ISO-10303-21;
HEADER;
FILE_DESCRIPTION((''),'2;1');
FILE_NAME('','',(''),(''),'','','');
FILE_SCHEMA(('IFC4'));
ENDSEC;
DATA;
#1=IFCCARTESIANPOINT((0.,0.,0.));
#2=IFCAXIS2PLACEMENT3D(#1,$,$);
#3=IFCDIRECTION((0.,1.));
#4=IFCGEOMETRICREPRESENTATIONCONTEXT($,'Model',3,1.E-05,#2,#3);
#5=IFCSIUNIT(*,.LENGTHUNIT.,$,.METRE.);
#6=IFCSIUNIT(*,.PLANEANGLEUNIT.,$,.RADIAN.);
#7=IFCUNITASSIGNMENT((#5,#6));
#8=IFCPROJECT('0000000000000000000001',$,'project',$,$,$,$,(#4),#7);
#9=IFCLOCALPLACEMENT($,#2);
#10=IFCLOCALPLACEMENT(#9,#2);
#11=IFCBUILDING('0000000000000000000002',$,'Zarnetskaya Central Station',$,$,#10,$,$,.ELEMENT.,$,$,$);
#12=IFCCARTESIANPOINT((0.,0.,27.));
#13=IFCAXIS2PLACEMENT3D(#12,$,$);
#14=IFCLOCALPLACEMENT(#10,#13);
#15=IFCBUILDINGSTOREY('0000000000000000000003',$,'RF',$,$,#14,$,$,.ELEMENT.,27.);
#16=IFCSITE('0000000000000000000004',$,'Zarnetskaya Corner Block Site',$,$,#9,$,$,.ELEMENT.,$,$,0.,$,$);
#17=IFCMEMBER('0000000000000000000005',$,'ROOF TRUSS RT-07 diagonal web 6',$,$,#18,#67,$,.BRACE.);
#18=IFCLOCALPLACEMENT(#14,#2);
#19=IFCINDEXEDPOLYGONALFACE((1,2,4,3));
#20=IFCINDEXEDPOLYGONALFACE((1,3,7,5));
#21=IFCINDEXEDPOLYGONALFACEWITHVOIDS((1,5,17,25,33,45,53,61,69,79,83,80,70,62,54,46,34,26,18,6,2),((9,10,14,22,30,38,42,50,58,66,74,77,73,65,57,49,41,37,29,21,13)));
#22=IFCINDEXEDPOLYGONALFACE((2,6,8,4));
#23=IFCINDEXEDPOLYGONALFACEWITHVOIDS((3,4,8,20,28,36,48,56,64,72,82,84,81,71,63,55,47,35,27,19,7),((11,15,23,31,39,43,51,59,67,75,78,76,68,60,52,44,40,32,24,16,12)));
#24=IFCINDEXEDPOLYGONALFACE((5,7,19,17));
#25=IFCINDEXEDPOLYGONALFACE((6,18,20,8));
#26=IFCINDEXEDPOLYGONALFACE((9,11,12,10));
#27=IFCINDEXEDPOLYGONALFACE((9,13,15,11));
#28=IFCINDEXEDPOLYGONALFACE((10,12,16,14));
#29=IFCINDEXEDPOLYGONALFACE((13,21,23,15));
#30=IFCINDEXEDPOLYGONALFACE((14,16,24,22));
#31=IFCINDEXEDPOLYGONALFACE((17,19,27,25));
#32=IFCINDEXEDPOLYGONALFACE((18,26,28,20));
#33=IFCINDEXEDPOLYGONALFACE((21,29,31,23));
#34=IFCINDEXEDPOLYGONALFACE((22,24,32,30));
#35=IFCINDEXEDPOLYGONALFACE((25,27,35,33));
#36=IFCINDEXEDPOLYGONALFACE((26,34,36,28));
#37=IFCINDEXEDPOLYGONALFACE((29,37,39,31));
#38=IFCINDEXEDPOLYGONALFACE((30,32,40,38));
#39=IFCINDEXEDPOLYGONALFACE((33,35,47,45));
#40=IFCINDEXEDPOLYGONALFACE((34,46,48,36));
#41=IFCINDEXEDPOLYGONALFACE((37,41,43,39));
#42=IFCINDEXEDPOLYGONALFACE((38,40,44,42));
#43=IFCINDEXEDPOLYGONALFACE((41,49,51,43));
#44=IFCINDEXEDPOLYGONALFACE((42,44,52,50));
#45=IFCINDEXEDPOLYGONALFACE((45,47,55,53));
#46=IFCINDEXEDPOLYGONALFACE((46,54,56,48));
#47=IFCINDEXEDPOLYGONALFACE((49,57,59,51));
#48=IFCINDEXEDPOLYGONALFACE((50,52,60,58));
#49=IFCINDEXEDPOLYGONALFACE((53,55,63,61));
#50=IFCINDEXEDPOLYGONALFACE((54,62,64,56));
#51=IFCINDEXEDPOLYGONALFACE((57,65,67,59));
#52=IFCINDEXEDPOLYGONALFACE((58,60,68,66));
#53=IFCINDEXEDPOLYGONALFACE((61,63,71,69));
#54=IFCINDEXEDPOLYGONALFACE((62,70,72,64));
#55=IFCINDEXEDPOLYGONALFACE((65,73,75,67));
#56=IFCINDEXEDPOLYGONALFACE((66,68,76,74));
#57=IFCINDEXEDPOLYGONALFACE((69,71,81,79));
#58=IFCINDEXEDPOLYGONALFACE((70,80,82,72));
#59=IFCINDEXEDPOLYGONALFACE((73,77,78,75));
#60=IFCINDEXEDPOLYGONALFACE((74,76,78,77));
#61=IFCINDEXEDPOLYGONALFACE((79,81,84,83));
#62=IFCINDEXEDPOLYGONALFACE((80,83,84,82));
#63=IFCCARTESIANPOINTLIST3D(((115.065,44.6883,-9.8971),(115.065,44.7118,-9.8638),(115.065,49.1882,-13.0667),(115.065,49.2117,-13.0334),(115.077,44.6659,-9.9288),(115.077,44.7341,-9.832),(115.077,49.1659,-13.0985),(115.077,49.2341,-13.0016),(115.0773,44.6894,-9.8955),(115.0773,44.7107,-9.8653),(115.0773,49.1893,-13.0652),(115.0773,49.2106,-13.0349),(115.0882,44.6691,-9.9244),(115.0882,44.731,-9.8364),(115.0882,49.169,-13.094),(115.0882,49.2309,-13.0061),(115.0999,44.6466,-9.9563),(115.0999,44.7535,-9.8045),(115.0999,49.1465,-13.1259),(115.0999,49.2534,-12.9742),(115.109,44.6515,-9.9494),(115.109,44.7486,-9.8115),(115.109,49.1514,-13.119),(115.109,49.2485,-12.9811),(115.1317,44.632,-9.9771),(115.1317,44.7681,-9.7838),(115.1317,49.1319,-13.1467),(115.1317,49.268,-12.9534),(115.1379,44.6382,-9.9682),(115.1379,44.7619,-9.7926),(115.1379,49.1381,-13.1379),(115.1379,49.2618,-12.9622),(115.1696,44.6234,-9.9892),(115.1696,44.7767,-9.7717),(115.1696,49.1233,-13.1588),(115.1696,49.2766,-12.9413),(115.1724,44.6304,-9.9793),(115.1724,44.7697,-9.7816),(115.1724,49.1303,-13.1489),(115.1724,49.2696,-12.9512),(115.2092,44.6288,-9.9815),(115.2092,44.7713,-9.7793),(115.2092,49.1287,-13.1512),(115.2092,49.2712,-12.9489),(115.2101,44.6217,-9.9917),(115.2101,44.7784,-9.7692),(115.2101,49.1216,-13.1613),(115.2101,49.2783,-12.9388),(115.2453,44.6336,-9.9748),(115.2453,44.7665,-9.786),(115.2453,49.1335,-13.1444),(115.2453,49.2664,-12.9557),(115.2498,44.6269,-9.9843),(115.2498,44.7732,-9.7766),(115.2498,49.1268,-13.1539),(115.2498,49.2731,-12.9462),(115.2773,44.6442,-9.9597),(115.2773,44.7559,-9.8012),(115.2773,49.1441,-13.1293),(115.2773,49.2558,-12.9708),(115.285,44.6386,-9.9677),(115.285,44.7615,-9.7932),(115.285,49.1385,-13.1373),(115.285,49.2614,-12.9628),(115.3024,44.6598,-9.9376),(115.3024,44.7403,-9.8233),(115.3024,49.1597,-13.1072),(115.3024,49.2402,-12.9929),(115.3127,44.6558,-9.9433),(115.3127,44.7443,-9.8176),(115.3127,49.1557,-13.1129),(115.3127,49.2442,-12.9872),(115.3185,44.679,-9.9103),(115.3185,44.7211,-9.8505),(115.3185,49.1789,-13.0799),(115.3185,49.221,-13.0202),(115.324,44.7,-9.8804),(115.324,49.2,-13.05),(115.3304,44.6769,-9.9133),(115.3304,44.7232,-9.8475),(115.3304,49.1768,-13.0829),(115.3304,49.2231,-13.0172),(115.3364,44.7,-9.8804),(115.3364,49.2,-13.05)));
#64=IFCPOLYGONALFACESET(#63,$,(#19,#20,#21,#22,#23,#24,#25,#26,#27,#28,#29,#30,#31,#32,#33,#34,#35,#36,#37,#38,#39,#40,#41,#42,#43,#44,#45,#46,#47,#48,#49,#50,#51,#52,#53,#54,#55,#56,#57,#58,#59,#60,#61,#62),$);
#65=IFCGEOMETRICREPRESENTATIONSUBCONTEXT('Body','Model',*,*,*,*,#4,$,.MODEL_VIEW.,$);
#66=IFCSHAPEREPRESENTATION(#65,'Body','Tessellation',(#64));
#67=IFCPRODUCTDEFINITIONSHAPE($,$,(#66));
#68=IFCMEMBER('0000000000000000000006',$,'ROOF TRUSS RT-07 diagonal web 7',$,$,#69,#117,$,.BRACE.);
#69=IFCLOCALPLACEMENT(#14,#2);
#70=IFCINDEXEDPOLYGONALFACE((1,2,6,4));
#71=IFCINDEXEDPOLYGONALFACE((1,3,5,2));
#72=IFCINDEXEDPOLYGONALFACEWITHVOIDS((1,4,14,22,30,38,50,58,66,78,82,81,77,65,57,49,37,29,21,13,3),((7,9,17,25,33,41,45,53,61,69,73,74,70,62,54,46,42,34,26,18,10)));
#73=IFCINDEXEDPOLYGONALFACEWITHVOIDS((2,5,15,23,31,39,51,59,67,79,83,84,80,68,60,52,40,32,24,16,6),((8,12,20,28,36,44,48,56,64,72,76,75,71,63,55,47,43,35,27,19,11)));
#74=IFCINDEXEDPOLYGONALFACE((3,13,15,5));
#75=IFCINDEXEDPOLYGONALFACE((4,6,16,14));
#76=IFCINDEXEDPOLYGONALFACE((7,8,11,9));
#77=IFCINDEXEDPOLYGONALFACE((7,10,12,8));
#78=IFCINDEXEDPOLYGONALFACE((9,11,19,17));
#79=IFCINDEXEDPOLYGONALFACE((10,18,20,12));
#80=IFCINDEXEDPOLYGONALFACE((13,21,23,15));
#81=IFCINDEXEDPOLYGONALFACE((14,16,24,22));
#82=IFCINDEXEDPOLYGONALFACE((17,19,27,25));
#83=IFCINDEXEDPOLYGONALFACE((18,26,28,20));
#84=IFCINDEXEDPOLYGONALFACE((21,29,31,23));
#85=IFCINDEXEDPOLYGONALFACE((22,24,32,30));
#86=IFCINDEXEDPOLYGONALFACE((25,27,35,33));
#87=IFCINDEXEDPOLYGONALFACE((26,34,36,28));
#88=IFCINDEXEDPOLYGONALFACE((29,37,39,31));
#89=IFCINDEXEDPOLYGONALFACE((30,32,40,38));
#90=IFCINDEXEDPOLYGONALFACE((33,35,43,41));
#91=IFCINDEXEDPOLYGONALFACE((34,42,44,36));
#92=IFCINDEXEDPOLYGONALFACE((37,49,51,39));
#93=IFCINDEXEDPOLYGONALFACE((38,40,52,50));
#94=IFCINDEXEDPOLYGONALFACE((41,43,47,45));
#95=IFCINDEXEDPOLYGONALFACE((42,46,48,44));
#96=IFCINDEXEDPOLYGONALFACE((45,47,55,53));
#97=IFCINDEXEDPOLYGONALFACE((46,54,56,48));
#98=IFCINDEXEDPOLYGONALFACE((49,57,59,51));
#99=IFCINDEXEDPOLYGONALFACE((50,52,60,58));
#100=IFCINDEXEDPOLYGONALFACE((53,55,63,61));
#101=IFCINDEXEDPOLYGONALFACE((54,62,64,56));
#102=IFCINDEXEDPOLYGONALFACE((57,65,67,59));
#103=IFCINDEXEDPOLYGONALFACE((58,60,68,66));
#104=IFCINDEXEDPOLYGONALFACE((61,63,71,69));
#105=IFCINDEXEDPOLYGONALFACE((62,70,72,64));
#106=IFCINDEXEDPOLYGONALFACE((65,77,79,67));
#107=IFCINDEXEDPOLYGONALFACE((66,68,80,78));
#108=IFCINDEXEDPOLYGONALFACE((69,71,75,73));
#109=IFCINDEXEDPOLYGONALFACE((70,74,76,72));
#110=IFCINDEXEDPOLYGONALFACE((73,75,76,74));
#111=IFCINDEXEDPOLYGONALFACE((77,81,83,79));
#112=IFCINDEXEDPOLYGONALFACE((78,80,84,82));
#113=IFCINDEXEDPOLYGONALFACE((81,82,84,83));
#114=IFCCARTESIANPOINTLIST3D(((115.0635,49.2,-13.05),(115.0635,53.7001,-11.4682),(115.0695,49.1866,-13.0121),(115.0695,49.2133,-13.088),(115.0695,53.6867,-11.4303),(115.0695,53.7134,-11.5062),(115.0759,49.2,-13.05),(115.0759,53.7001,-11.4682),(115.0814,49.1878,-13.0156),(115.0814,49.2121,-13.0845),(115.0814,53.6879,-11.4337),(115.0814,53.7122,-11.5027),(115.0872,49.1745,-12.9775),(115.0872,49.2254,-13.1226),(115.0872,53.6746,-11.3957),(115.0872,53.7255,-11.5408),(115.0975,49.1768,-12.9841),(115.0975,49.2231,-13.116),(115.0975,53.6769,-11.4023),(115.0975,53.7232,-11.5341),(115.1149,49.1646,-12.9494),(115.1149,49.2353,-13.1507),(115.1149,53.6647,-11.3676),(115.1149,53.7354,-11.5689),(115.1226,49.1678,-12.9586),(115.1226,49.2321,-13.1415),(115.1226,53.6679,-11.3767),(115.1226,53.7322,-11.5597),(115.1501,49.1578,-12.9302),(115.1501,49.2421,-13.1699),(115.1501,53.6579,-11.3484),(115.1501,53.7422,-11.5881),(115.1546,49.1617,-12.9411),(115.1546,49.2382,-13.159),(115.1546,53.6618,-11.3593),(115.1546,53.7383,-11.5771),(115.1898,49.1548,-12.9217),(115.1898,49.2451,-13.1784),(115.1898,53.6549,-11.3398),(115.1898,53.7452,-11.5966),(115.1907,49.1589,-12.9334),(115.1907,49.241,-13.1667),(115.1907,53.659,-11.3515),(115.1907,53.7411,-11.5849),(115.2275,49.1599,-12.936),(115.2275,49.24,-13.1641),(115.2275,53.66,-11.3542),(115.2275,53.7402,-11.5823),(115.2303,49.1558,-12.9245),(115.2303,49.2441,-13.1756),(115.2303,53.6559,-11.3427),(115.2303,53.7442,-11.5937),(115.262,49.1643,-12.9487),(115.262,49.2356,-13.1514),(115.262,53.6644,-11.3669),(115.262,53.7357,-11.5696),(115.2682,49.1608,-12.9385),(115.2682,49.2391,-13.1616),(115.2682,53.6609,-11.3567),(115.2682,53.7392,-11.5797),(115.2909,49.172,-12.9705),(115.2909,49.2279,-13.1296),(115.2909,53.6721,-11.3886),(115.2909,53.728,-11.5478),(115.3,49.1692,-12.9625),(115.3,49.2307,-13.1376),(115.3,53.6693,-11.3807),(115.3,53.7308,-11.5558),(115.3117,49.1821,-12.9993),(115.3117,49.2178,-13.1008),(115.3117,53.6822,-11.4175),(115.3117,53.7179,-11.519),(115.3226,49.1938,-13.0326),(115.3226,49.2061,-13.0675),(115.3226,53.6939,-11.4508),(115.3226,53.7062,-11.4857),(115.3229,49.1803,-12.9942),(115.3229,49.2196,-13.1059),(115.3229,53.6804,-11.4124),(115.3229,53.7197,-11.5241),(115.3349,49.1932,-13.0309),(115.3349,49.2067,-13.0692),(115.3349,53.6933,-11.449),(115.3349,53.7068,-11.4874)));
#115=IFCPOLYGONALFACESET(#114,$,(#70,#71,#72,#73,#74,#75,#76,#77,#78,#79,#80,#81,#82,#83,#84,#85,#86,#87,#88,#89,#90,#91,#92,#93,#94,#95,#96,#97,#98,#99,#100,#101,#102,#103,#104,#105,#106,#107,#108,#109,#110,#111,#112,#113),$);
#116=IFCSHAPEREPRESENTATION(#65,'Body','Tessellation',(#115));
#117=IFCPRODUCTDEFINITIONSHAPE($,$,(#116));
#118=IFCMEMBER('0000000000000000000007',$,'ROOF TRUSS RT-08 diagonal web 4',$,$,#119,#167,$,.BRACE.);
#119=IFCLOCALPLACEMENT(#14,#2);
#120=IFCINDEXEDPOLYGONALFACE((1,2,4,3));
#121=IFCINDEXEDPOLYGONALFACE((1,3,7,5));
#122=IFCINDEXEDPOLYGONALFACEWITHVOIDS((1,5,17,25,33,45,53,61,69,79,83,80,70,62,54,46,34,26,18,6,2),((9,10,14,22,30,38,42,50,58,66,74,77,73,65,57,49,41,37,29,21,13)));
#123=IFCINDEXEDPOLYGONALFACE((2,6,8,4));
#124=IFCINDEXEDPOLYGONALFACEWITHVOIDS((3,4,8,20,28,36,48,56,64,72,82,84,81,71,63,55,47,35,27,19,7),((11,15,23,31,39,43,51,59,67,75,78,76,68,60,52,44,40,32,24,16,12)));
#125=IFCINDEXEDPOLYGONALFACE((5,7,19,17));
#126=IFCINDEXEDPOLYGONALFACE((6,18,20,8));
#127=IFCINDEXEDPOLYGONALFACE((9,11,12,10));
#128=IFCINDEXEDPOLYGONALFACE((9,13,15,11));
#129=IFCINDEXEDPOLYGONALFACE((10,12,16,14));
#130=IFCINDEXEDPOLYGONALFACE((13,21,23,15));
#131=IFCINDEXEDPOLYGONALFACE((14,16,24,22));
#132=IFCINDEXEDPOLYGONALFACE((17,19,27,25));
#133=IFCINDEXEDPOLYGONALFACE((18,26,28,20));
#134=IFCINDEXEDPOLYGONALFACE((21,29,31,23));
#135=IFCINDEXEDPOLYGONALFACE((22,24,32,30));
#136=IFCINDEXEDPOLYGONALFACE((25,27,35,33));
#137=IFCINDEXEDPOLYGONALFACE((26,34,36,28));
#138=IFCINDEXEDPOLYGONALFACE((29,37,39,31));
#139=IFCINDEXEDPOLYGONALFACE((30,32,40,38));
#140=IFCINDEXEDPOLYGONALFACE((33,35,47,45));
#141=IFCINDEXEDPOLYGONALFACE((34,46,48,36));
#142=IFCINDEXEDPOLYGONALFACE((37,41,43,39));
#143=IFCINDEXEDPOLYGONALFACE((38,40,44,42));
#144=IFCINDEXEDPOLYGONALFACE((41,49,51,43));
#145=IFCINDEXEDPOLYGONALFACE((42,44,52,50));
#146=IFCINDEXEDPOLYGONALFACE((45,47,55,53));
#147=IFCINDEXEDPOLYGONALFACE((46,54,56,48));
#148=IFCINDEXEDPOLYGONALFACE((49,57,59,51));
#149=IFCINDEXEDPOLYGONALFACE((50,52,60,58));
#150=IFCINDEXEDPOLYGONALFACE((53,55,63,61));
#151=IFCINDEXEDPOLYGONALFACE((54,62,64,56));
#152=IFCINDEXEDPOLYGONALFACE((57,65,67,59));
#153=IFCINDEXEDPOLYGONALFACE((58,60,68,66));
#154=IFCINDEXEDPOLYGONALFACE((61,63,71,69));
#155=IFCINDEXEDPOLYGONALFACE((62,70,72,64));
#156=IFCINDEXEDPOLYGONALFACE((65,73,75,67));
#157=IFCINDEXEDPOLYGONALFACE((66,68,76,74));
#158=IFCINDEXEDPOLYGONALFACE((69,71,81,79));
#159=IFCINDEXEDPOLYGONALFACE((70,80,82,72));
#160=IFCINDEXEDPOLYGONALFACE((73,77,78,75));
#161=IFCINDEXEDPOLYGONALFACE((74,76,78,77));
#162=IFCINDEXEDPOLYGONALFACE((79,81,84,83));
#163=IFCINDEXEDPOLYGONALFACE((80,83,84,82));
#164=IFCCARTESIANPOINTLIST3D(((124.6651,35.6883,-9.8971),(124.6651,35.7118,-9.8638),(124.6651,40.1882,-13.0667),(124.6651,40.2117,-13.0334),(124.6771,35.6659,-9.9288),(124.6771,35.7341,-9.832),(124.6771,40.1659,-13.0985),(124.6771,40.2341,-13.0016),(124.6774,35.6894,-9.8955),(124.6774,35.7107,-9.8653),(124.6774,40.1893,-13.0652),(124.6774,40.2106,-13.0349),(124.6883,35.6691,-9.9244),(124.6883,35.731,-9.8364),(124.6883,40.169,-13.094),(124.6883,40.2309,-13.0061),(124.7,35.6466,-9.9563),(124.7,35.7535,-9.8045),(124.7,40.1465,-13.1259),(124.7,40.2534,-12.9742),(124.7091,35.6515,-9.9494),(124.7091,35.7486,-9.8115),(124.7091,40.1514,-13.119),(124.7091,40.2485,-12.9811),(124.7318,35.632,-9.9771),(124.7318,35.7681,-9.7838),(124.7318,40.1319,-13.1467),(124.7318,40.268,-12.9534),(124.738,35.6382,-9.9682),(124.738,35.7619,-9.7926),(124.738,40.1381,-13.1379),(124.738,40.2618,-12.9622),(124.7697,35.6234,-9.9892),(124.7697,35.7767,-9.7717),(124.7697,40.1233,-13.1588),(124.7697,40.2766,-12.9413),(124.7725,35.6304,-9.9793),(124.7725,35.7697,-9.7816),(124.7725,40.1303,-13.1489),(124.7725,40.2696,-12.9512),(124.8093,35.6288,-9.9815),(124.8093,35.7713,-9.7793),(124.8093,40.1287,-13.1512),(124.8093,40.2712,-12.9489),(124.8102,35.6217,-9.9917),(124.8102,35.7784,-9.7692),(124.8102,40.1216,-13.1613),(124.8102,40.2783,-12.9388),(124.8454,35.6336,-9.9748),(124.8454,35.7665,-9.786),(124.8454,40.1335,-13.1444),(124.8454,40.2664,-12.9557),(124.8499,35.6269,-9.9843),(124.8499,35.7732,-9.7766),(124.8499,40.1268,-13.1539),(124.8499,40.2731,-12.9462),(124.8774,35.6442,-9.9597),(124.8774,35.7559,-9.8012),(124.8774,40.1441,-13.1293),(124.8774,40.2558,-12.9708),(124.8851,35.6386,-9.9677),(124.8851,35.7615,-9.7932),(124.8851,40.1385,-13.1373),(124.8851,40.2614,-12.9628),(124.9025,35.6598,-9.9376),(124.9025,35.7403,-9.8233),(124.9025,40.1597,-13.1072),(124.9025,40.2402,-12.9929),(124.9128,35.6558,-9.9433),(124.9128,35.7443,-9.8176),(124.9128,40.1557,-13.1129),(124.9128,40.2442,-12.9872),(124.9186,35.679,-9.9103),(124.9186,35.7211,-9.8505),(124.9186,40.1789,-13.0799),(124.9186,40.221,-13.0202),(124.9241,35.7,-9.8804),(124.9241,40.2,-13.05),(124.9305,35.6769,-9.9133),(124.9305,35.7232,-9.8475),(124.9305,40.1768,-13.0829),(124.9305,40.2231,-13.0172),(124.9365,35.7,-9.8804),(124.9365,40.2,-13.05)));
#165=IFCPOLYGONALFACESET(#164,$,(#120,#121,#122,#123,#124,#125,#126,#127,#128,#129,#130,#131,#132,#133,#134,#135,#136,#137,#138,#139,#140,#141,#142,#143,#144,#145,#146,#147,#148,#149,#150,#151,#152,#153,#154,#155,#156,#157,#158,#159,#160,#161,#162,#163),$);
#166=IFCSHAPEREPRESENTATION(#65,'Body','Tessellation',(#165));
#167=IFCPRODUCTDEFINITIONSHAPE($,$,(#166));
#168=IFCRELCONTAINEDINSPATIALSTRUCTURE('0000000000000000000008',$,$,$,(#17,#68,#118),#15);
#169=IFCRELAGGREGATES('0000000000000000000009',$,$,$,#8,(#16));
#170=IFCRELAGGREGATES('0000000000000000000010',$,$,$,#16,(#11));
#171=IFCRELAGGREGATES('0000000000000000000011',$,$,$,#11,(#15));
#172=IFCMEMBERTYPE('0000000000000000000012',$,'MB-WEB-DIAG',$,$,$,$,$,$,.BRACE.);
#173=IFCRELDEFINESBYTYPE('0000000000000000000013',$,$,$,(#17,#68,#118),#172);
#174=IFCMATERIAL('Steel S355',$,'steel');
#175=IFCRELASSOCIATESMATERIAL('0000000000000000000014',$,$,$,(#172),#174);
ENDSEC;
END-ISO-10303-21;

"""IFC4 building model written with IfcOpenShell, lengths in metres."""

from ifc_helpers import new_model, si_unit, direction, frame, origin, origin_2d, place, context, subcontext, project, spatial, hollow_circle, extrude, material, material_profile, profile_set, type_object, element, save


model = new_model("IFC4")

# Units and contexts
model_context = context("Model", 3, precision=1e-05, world=origin(), true_north=direction((0.0, 1.0)))
body_context = subcontext(model_context, "Body", "Model", "MODEL_VIEW")
ifc_project = project(units=[si_unit("LENGTHUNIT", "METRE"), si_unit("PLANEANGLEUNIT", "RADIAN")], contexts=[model_context])

# Site, building, storey
site_placement = place(None, origin())
site = spatial("IfcSite", under=ifc_project, at=site_placement, Name="Zarnetskaya Corner Block Site", CompositionType="ELEMENT", RefElevation=0.0)
building_placement = place(site_placement, origin())
building = spatial("IfcBuilding", under=site, at=building_placement, Name="Zarnetskaya Central Station", CompositionType="ELEMENT")
storey_placement = place(building_placement, frame((0.0, 0.0, 27.0)))
storey = spatial("IfcBuildingStorey", under=building, at=storey_placement, Name="RF", CompositionType="ELEMENT", Elevation=27.0)

# Members
ifc_material = material(Name="Steel S355", Category="steel")
ifc_material_profile_1 = material_profile(ifc_material, hollow_circle(Radius=0.1365, WallThickness=0.0125, at=origin_2d()), Name="CHS 273x12.5")
ifc_profile_set_1 = profile_set([ifc_material_profile_1], Name="Steel S355")
member_type_1 = type_object("IfcMemberType", Name="MB-WEB-DIAG", PredefinedType="BRACE", material=ifc_profile_set_1)
for number, where, z_axis, x_axis, name in (
    (1, (115.2, 49.2, -13.05), (0.0, -0.817549, 0.575859), (1.0, 0.0, 0.0), "ROOF TRUSS RT-07 diagonal web 6"),
):
    element("IfcMember", number, at=place(storey_placement, frame(where, z_axis=z_axis, x_axis=x_axis)), inside=storey, type_object=member_type_1, Name=name, PredefinedType="BRACE", context=body_context, shape_type="SweptSolid", body=[
        extrude(hollow_circle(Radius=0.1365, WallThickness=0.0125, at=origin_2d()), origin(), (0.0, 0.0, 1.0), 5.5042),
    ])
member_1_placement = place(storey_placement, frame((115.2, 49.2, -13.05), z_axis=(0.0, 0.943414, 0.331618), x_axis=(-1.0, 0.0, 0.0)))
element("IfcMember", 2, at=member_1_placement, inside=storey, type_object=member_type_1, Name="ROOF TRUSS RT-07 diagonal web 7", PredefinedType="BRACE", context=body_context, shape_type="SweptSolid", body=[
    extrude(hollow_circle(Radius=0.1365, WallThickness=0.0125, at=origin_2d()), origin(), (0.0, 0.0, 1.0), 4.77),
])
for number, where, z_axis, x_axis, name in (
    (3, (124.8, 40.2, -13.05), (0.0, -0.817549, 0.575859), (1.0, 0.0, 0.0), "ROOF TRUSS RT-08 diagonal web 4"),
):
    element("IfcMember", number, at=place(storey_placement, frame(where, z_axis=z_axis, x_axis=x_axis)), inside=storey, type_object=member_type_1, Name=name, PredefinedType="BRACE", context=body_context, shape_type="SweptSolid", body=[
        extrude(hollow_circle(Radius=0.1365, WallThickness=0.0125, at=origin_2d()), origin(), (0.0, 0.0, 1.0), 5.5042),
    ])

save(model, "model.ifc")
